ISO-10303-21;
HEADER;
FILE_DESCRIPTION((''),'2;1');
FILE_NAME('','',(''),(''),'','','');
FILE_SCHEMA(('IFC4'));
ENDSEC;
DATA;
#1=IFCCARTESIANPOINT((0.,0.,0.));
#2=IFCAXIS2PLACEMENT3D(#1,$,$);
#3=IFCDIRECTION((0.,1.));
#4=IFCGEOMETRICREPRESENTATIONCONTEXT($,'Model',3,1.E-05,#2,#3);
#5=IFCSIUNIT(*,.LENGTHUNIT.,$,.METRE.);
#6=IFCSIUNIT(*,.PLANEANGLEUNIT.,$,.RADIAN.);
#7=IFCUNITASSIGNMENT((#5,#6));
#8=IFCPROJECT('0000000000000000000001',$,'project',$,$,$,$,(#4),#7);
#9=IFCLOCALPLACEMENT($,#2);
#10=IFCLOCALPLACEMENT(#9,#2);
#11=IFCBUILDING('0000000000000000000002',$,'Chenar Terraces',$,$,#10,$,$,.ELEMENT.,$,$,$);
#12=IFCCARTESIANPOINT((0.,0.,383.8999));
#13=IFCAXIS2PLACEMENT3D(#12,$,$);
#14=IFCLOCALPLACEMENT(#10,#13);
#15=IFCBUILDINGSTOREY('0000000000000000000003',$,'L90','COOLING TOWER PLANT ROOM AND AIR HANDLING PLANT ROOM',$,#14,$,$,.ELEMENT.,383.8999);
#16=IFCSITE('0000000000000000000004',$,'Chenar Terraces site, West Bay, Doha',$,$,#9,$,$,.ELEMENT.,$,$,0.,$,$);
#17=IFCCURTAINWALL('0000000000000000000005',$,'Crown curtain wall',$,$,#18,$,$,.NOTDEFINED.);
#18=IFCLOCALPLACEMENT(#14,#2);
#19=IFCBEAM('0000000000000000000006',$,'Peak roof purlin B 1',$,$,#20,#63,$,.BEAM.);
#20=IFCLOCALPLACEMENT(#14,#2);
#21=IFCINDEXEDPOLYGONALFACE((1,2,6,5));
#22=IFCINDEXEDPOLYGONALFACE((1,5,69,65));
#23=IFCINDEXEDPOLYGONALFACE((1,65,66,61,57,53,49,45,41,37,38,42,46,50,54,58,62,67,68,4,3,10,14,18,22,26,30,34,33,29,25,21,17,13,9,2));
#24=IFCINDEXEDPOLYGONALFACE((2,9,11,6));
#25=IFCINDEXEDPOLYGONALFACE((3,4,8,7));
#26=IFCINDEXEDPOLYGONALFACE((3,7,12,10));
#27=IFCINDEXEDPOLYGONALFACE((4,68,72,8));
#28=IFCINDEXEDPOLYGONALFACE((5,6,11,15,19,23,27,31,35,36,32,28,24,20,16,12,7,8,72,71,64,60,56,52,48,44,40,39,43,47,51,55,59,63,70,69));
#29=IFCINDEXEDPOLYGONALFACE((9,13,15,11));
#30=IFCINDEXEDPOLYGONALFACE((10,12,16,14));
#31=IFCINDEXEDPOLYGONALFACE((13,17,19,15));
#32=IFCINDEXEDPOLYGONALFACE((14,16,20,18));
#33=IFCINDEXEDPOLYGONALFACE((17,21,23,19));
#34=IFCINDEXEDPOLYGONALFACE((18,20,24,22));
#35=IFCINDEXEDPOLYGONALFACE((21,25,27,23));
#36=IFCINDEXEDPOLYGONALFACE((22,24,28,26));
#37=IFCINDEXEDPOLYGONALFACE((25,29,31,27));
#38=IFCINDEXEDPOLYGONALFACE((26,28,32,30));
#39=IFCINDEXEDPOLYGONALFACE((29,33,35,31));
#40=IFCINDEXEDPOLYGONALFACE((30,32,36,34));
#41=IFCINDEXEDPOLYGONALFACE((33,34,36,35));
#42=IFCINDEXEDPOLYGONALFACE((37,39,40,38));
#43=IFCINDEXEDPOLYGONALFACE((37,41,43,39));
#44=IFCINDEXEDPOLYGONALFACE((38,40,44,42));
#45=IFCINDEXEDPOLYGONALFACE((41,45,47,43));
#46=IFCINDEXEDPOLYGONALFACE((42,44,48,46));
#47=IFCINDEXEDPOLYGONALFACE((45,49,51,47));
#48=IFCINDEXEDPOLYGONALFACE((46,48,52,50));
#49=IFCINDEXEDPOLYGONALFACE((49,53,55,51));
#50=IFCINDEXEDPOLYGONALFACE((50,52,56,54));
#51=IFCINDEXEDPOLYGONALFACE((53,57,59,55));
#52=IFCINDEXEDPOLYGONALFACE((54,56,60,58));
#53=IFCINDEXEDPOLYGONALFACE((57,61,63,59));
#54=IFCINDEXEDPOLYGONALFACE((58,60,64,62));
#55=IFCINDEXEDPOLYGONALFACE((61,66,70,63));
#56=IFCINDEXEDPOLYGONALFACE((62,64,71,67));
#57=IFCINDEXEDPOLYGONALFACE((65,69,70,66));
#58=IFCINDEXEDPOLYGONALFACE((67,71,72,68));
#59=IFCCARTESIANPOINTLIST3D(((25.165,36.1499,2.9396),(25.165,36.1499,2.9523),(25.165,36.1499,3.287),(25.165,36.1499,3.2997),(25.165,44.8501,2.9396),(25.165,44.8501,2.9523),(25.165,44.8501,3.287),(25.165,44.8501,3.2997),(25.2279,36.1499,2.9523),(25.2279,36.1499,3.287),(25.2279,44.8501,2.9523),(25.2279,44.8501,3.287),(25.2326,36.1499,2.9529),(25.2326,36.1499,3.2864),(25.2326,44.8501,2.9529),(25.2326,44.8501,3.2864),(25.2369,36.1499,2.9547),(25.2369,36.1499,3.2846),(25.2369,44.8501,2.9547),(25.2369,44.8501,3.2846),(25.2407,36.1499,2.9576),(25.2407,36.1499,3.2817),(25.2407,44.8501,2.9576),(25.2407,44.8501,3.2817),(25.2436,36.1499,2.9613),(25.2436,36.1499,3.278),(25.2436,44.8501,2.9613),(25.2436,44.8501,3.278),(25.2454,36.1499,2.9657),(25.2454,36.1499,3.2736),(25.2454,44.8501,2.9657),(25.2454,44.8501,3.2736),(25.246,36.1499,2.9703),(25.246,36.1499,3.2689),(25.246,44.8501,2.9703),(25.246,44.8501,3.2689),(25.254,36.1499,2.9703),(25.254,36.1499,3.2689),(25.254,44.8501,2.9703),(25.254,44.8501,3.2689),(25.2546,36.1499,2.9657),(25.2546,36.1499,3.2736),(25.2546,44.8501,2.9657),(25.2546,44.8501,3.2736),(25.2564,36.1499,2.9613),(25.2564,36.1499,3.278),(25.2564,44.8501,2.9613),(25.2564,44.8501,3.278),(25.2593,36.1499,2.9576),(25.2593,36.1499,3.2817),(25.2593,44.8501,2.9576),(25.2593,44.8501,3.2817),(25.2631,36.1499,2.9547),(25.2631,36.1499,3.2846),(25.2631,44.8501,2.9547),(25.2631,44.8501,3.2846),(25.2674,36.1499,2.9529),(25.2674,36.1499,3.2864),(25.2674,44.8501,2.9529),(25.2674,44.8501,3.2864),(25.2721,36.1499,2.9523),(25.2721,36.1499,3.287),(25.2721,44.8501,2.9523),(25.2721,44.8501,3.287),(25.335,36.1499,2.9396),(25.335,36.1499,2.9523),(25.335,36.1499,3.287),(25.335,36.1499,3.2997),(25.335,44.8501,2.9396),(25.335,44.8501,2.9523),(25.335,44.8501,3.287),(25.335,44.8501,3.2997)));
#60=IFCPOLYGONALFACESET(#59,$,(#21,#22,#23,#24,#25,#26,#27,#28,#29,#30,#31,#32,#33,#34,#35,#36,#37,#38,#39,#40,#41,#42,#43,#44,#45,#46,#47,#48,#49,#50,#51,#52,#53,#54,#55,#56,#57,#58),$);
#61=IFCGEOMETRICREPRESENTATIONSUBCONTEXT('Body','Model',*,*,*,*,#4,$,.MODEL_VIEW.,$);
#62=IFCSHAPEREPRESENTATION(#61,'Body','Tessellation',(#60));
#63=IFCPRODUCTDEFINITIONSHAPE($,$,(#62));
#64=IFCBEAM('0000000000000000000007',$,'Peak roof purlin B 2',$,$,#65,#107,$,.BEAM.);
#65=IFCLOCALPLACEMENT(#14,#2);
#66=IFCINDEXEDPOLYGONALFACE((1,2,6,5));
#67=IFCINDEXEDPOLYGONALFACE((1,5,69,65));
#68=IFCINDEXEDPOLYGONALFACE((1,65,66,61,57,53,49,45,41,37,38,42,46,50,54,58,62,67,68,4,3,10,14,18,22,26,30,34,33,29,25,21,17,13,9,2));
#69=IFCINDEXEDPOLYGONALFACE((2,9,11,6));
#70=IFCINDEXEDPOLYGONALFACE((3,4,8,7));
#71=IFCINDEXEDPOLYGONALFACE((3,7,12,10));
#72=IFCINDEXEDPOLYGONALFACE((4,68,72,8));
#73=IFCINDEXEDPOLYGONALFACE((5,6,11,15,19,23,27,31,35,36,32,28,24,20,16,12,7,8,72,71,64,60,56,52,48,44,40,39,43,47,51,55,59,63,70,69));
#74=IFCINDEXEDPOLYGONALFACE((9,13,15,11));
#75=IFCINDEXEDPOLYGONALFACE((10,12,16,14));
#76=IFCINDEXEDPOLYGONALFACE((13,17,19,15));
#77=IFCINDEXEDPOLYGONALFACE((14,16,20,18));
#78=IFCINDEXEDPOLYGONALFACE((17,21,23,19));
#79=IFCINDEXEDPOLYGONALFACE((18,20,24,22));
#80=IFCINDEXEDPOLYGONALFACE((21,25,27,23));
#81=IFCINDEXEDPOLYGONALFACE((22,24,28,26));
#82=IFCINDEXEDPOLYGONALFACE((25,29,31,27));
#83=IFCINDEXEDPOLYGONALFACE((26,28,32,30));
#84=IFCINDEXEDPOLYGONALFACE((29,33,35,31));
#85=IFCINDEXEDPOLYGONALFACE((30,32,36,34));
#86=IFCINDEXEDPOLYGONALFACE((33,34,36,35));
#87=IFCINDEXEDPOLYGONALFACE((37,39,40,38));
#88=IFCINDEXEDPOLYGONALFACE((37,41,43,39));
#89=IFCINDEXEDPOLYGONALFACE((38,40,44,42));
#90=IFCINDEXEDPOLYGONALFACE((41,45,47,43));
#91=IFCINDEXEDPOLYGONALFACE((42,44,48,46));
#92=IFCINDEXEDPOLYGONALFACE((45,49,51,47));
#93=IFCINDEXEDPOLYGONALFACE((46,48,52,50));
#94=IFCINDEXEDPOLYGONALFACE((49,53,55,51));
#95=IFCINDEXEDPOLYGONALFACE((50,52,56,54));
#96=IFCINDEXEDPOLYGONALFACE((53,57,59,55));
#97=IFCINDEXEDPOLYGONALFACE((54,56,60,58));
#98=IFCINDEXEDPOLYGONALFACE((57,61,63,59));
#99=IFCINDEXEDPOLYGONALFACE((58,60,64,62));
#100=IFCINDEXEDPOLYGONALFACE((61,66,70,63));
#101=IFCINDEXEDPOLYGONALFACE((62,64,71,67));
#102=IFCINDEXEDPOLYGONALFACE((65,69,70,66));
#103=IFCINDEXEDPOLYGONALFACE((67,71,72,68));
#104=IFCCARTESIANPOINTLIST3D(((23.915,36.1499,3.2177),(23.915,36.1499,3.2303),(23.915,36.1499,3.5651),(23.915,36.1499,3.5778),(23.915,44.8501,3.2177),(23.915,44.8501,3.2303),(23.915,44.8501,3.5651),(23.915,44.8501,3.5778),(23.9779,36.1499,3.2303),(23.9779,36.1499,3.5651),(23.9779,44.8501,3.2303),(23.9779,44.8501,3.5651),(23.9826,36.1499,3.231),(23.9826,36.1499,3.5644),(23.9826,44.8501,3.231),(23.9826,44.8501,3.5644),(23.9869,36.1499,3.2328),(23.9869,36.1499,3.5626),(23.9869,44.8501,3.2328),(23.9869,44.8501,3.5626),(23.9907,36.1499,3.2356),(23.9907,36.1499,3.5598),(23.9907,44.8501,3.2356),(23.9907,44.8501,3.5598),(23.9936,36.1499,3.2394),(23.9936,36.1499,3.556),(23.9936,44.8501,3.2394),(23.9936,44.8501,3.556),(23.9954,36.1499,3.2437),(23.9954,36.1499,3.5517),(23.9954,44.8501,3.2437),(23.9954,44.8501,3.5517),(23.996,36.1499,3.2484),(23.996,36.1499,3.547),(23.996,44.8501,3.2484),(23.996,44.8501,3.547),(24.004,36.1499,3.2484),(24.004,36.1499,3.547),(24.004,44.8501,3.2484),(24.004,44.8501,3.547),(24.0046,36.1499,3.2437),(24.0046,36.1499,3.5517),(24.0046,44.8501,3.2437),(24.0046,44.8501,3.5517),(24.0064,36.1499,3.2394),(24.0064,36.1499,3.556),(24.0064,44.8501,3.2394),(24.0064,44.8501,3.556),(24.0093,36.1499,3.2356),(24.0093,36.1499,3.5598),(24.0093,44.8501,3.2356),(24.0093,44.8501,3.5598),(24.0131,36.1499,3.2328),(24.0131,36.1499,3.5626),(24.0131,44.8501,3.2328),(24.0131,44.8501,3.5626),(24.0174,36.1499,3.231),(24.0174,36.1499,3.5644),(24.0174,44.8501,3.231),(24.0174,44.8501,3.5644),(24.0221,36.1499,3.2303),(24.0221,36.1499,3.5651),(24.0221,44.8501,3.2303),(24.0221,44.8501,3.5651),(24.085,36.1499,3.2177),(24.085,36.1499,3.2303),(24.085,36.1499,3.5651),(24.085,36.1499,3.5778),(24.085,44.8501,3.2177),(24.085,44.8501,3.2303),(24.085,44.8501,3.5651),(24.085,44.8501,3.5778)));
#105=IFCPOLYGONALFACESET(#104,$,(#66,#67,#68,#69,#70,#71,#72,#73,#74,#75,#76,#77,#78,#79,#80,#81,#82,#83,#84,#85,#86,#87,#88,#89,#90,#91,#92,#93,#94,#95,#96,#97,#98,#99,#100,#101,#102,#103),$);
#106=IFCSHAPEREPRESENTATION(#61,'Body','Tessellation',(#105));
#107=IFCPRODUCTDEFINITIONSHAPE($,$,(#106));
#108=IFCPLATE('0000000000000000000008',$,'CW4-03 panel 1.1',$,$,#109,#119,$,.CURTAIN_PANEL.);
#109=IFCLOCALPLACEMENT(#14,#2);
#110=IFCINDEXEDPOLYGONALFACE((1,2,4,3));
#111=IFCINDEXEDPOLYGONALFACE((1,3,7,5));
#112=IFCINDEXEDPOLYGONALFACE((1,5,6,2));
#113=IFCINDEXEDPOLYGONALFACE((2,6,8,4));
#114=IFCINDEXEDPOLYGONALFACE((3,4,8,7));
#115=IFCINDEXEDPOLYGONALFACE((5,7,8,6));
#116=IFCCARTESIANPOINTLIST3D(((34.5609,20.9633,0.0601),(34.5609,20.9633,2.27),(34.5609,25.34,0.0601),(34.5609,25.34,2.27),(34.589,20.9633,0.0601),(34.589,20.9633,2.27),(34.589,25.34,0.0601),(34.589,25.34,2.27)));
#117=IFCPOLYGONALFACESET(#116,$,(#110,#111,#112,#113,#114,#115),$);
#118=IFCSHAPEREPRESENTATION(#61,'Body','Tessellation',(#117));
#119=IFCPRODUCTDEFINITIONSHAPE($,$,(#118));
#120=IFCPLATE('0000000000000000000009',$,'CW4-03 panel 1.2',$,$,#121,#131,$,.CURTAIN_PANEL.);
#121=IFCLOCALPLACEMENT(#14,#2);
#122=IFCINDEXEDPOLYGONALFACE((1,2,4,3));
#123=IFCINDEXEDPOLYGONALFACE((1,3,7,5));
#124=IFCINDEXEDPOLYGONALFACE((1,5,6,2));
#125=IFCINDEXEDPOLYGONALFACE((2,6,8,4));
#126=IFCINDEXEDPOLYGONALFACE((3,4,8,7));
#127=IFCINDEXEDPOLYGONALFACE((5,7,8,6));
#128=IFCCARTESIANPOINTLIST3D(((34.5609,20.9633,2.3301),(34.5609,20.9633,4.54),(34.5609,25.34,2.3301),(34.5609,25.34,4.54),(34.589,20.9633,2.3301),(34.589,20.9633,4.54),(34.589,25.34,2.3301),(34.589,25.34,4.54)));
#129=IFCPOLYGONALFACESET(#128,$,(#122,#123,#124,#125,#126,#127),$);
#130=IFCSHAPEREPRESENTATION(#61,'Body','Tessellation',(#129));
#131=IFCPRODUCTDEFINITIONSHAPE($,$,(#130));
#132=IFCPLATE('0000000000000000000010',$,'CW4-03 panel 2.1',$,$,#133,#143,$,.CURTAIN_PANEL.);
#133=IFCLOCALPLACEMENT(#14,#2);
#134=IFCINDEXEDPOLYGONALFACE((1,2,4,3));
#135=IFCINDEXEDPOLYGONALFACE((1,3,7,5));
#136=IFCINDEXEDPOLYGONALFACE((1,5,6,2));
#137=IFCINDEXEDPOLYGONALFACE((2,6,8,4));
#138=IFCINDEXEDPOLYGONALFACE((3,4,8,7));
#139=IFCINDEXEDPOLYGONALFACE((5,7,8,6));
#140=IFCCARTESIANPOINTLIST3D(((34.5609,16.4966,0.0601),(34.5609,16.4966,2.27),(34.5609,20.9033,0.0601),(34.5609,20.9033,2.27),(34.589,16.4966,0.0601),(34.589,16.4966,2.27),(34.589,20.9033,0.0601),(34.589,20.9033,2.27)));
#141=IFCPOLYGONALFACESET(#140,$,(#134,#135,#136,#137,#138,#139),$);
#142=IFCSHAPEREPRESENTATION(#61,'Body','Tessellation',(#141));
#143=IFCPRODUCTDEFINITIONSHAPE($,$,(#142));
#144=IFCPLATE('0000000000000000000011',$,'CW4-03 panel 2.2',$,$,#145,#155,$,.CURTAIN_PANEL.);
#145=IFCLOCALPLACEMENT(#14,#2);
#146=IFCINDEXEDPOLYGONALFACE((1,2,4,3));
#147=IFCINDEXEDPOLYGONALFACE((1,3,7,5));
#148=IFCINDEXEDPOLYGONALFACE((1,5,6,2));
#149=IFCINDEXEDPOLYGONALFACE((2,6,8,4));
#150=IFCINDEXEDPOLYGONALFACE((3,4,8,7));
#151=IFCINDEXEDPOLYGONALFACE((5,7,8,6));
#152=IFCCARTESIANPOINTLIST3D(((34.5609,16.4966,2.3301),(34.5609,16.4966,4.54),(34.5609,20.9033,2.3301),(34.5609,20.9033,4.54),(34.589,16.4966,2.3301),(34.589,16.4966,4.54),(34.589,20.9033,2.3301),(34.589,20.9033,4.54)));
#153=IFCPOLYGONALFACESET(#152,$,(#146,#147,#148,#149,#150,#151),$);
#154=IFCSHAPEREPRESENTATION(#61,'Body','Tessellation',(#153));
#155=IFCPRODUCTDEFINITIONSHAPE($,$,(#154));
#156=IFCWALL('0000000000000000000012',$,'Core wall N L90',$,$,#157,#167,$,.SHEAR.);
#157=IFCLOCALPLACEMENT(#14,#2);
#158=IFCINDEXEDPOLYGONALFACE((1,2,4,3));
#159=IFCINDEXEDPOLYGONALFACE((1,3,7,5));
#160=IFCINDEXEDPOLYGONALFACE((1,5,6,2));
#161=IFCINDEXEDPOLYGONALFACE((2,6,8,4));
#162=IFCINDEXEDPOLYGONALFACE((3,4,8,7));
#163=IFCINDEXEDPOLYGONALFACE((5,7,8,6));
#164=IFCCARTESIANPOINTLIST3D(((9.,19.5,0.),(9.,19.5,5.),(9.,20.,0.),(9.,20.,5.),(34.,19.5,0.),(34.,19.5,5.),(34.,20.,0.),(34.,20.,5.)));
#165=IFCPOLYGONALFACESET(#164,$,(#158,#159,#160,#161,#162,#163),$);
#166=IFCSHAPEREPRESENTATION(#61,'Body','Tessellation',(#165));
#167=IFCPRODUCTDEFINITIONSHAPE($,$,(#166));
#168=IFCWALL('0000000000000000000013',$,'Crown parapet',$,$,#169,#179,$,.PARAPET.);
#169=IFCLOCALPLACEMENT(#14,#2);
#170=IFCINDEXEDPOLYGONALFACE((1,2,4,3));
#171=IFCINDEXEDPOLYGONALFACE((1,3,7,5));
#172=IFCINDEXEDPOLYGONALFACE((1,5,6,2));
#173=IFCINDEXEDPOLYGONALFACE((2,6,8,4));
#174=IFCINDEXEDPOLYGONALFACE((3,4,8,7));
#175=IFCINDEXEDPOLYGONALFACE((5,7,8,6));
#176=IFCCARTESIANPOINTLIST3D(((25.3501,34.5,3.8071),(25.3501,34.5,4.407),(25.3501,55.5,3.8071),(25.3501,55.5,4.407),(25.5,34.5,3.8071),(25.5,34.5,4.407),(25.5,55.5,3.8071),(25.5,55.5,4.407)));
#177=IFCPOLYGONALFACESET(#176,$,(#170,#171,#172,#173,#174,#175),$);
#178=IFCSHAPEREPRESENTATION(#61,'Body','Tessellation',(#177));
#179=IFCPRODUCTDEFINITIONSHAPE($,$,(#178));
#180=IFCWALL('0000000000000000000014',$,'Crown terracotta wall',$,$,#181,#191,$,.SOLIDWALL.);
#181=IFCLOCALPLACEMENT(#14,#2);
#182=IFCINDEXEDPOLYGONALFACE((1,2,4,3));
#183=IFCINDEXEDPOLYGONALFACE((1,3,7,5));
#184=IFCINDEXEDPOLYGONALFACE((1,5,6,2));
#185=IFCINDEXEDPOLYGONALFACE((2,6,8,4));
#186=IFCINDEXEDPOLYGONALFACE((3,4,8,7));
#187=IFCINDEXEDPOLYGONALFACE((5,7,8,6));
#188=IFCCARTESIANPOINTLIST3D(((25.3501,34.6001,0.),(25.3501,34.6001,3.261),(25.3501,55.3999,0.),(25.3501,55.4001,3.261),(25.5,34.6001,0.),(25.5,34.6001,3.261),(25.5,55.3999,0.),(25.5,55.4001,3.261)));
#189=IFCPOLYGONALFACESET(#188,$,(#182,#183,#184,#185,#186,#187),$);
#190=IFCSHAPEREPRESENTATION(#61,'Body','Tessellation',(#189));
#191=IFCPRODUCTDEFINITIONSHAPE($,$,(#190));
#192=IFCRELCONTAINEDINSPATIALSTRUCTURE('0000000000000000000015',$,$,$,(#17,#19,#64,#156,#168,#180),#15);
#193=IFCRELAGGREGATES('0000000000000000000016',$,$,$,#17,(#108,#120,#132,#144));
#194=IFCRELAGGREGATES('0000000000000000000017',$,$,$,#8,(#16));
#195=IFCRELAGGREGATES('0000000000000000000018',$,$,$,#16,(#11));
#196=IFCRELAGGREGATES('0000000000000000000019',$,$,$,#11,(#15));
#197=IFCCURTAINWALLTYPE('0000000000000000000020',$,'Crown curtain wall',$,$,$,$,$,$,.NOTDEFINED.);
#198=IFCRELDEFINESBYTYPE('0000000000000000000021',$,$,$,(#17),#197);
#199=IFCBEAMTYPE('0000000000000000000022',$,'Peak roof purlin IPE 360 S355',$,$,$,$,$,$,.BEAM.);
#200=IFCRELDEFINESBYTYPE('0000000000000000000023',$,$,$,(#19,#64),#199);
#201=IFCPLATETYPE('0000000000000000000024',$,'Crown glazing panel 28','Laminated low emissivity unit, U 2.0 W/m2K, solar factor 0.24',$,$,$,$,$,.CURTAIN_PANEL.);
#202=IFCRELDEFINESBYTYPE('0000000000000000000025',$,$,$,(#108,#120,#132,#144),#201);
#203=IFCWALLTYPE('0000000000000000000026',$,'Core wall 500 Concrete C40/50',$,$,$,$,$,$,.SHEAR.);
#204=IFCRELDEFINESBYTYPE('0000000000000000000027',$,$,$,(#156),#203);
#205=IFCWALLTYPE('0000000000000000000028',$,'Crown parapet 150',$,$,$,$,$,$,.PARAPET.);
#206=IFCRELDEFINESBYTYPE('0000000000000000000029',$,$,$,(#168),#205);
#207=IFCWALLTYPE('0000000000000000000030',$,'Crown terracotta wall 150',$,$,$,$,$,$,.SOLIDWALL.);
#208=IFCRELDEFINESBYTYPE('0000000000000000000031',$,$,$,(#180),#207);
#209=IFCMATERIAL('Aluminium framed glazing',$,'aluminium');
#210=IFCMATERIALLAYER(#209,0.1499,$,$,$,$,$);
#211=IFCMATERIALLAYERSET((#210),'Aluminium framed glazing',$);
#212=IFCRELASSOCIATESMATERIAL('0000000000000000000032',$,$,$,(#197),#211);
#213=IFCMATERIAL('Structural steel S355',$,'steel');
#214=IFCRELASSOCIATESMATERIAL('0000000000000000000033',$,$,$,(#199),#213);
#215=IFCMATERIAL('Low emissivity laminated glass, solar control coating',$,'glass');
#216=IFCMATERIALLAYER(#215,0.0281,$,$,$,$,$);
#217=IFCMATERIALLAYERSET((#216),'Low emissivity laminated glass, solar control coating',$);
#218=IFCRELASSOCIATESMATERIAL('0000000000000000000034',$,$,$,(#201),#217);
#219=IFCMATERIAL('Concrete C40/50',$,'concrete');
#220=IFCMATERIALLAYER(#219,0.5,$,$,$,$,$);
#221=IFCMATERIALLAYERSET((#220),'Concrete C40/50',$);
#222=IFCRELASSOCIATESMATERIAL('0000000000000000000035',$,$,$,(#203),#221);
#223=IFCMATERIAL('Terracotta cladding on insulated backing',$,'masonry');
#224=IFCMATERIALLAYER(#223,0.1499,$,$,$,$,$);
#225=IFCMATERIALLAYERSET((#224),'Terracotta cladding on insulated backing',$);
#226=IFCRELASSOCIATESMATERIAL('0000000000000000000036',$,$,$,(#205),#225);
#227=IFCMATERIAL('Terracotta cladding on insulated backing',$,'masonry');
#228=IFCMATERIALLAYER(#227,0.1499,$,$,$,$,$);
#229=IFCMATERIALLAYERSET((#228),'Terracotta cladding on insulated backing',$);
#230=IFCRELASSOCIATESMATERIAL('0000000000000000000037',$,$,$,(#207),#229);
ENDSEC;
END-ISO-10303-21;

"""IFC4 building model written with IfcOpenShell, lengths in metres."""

from ifc_helpers import new_model, si_unit, direction, frame, frame_2d, origin, origin_2d, place, context, subcontext, project, spatial, polyline, rectangle, i_section, outline, extrude, material, layer, layer_set, material_profile, profile_set, type_object, element, aggregate, save


model = new_model("IFC4")

# Units and contexts
model_context = context("Model", 3, precision=1e-05, world=origin(), true_north=direction((0.0, 1.0)))
body_context = subcontext(model_context, "Body", "Model", "MODEL_VIEW")
ifc_project = project(units=[si_unit("LENGTHUNIT", "METRE"), si_unit("PLANEANGLEUNIT", "RADIAN")], contexts=[model_context])

# Site, building, storey
site_placement = place(None, origin())
site = spatial("IfcSite", under=ifc_project, at=site_placement, Name="Chenar Terraces site, West Bay, Doha", CompositionType="ELEMENT", RefElevation=0.0)
building_placement = place(site_placement, origin())
building = spatial("IfcBuilding", under=site, at=building_placement, Name="Chenar Terraces", CompositionType="ELEMENT")
storey_placement = place(building_placement, frame((0.0, 0.0, 383.8999)))
storey = spatial("IfcBuildingStorey", under=building, at=storey_placement, Name="L90", Description="COOLING TOWER PLANT ROOM AND AIR HANDLING PLANT ROOM", CompositionType="ELEMENT", Elevation=383.8999)

# Curtain wall
ifc_material_1 = material(Name="Aluminium framed glazing", Category="aluminium")
ifc_layer_1 = layer(ifc_material_1, 0.1499)
ifc_layer_set_1 = layer_set([ifc_layer_1], Name="Aluminium framed glazing")
curtain_wall_type = type_object("IfcCurtainWallType", Name="Crown curtain wall", PredefinedType="NOTDEFINED", material=ifc_layer_set_1)
curtain_wall_placement = place(storey_placement, origin())
curtain_wall = element("IfcCurtainWall", 1, at=curtain_wall_placement, inside=storey, type_object=curtain_wall_type, Name="Crown curtain wall", PredefinedType="NOTDEFINED")

# Beams
ifc_material_2 = material(Name="Structural steel S355", Category="steel")
ifc_material_profile_1 = material_profile(ifc_material_2, i_section(OverallWidth=0.1699, OverallDepth=0.3601, WebThickness=0.0081, FlangeThickness=0.0127, FilletRadius=0.0181, at=origin_2d()), Name="IPE 360")
ifc_profile_set_1 = profile_set([ifc_material_profile_1], Name="Structural steel S355")
beam_type = type_object("IfcBeamType", Name="Peak roof purlin IPE 360 S355", PredefinedType="BEAM", material=ifc_profile_set_1)
for number, where, z_axis, x_axis, name in (
    (2, (25.25, 36.1499, 3.1196), (0.0, 1.0, 0.0), (-1.0, 0.0, 0.0), "Peak roof purlin B 1"),
    (3, (24.0, 36.1499, 3.3977), (0.0, 1.0, 0.0), (-1.0, 0.0, 0.0), "Peak roof purlin B 2"),
):
    element("IfcBeam", number, at=place(storey_placement, frame(where, z_axis=z_axis, x_axis=x_axis)), inside=storey, type_object=beam_type, Name=name, PredefinedType="BEAM", context=body_context, shape_type="SweptSolid", body=[
        extrude(i_section(OverallWidth=0.1699, OverallDepth=0.3601, WebThickness=0.0081, FlangeThickness=0.0127, FilletRadius=0.0181, at=origin_2d()), origin(), (0.0, 0.0, 1.0), 8.7002),
    ])

# Plates
ifc_material_3 = material(Name="Low emissivity laminated glass, solar control coating", Category="glass")
ifc_layer_2 = layer(ifc_material_3, 0.0281)
ifc_layer_set_2 = layer_set([ifc_layer_2], Name="Low emissivity laminated glass, solar control coating")
plate_type = type_object("IfcPlateType", Name="Crown glazing panel 28", Description="Laminated low emissivity unit, U 2.0 W/m2K, solar factor 0.24", PredefinedType="CURTAIN_PANEL", material=ifc_layer_set_2)
plate_1_placement = place(storey_placement, frame((34.575, 23.1516, 0.0601), z_axis=(0.0, 0.0, 1.0), x_axis=(0.0, -1.0, 0.0)))
plate_1 = element("IfcPlate", 4, at=plate_1_placement, type_object=plate_type, Name="CW4-03 panel 1.1", PredefinedType="CURTAIN_PANEL", context=body_context, shape_type="SweptSolid", body=[
    extrude(rectangle(XDim=4.3767, YDim=0.0281, at=origin_2d()), origin(), (0.0, 0.0, 1.0), 2.21),
])
plate_2_placement = place(storey_placement, frame((34.575, 23.1516, 2.3301), z_axis=(0.0, 0.0, 1.0), x_axis=(0.0, -1.0, 0.0)))
plate_2 = element("IfcPlate", 5, at=plate_2_placement, type_object=plate_type, Name="CW4-03 panel 1.2", PredefinedType="CURTAIN_PANEL", context=body_context, shape_type="SweptSolid", body=[
    extrude(rectangle(XDim=4.3767, YDim=0.0281, at=origin_2d()), origin(), (0.0, 0.0, 1.0), 2.21),
])
plate_3_placement = place(storey_placement, frame((34.575, 18.7, 0.0601), z_axis=(0.0, 0.0, 1.0), x_axis=(0.0, -1.0, 0.0)))
plate_3 = element("IfcPlate", 6, at=plate_3_placement, type_object=plate_type, Name="CW4-03 panel 2.1", PredefinedType="CURTAIN_PANEL", context=body_context, shape_type="SweptSolid", body=[
    extrude(rectangle(XDim=4.4067, YDim=0.0281, at=origin_2d()), origin(), (0.0, 0.0, 1.0), 2.21),
])
plate_4_placement = place(storey_placement, frame((34.575, 18.7, 2.3301), z_axis=(0.0, 0.0, 1.0), x_axis=(0.0, -1.0, 0.0)))
plate_4 = element("IfcPlate", 7, at=plate_4_placement, type_object=plate_type, Name="CW4-03 panel 2.2", PredefinedType="CURTAIN_PANEL", context=body_context, shape_type="SweptSolid", body=[
    extrude(rectangle(XDim=4.4067, YDim=0.0281, at=origin_2d()), origin(), (0.0, 0.0, 1.0), 2.21),
])
aggregate(curtain_wall, [plate_1, plate_2, plate_3, plate_4])

# Walls
ifc_material_4 = material(Name="Concrete C40/50", Category="concrete")
ifc_layer_3 = layer(ifc_material_4, 0.5)
ifc_layer_set_3 = layer_set([ifc_layer_3], Name="Concrete C40/50")
wall_type_1 = type_object("IfcWallType", Name="Core wall 500 Concrete C40/50", PredefinedType="SHEAR", material=ifc_layer_set_3)
wall_1_placement = place(storey_placement, frame((9.0, 19.75, 0.0), z_axis=(0.0, 0.0, 1.0), x_axis=(1.0, 0.0, 0.0)))
element("IfcWall", 8, at=wall_1_placement, inside=storey, type_object=wall_type_1, Name="Core wall N L90", PredefinedType="SHEAR", context=body_context, shape_type="SweptSolid", body=[
    extrude(rectangle(XDim=25.0, YDim=0.5, at=frame_2d((12.5, 0.0))), origin(), (0.0, 0.0, 1.0), 5.0),
])
ifc_material_5 = material(Name="Terracotta cladding on insulated backing", Category="masonry")
ifc_layer_4 = layer(ifc_material_5, 0.1499)
ifc_layer_set_4 = layer_set([ifc_layer_4], Name="Terracotta cladding on insulated backing")
wall_type_2 = type_object("IfcWallType", Name="Crown parapet 150", PredefinedType="PARAPET", material=ifc_layer_set_4)
wall_2_placement = place(storey_placement, frame((25.425, 34.5, 3.8071), z_axis=(0.0, 0.0, 1.0), x_axis=(0.0, 1.0, 0.0)))
element("IfcWall", 9, at=wall_2_placement, inside=storey, type_object=wall_type_2, Name="Crown parapet", PredefinedType="PARAPET", context=body_context, shape_type="SweptSolid", body=[
    extrude(rectangle(XDim=21.0, YDim=0.1499, at=frame_2d((10.5, 0.0))), origin(), (0.0, 0.0, 1.0), 0.5999),
])
ifc_material_6 = material(Name="Terracotta cladding on insulated backing", Category="masonry")
ifc_layer_5 = layer(ifc_material_6, 0.1499)
ifc_layer_set_5 = layer_set([ifc_layer_5], Name="Terracotta cladding on insulated backing")
wall_type_3 = type_object("IfcWallType", Name="Crown terracotta wall 150", PredefinedType="SOLIDWALL", material=ifc_layer_set_5)
wall_3_placement = place(storey_placement, frame((25.425, 34.6001, 0.0), z_axis=(0.0, 0.0, 1.0), x_axis=(0.0, 1.0, 0.0)))
element("IfcWall", 10, at=wall_3_placement, inside=storey, type_object=wall_type_3, Name="Crown terracotta wall", PredefinedType="SOLIDWALL", context=body_context, shape_type="SweptSolid", body=[
    extrude(outline(polyline([(0.0, 0.0), (20.7998, 0.0), (20.8, 3.261), (0.0, 3.261), (0.0, 0.0)])), frame((0.0, 0.075, 0.0), z_axis=(0.0, -1.0, 0.0), x_axis=(1.0, 0.0, 0.0)), (0.0, 0.0, 1.0), 0.1499),
])

save(model, "model.ifc")
